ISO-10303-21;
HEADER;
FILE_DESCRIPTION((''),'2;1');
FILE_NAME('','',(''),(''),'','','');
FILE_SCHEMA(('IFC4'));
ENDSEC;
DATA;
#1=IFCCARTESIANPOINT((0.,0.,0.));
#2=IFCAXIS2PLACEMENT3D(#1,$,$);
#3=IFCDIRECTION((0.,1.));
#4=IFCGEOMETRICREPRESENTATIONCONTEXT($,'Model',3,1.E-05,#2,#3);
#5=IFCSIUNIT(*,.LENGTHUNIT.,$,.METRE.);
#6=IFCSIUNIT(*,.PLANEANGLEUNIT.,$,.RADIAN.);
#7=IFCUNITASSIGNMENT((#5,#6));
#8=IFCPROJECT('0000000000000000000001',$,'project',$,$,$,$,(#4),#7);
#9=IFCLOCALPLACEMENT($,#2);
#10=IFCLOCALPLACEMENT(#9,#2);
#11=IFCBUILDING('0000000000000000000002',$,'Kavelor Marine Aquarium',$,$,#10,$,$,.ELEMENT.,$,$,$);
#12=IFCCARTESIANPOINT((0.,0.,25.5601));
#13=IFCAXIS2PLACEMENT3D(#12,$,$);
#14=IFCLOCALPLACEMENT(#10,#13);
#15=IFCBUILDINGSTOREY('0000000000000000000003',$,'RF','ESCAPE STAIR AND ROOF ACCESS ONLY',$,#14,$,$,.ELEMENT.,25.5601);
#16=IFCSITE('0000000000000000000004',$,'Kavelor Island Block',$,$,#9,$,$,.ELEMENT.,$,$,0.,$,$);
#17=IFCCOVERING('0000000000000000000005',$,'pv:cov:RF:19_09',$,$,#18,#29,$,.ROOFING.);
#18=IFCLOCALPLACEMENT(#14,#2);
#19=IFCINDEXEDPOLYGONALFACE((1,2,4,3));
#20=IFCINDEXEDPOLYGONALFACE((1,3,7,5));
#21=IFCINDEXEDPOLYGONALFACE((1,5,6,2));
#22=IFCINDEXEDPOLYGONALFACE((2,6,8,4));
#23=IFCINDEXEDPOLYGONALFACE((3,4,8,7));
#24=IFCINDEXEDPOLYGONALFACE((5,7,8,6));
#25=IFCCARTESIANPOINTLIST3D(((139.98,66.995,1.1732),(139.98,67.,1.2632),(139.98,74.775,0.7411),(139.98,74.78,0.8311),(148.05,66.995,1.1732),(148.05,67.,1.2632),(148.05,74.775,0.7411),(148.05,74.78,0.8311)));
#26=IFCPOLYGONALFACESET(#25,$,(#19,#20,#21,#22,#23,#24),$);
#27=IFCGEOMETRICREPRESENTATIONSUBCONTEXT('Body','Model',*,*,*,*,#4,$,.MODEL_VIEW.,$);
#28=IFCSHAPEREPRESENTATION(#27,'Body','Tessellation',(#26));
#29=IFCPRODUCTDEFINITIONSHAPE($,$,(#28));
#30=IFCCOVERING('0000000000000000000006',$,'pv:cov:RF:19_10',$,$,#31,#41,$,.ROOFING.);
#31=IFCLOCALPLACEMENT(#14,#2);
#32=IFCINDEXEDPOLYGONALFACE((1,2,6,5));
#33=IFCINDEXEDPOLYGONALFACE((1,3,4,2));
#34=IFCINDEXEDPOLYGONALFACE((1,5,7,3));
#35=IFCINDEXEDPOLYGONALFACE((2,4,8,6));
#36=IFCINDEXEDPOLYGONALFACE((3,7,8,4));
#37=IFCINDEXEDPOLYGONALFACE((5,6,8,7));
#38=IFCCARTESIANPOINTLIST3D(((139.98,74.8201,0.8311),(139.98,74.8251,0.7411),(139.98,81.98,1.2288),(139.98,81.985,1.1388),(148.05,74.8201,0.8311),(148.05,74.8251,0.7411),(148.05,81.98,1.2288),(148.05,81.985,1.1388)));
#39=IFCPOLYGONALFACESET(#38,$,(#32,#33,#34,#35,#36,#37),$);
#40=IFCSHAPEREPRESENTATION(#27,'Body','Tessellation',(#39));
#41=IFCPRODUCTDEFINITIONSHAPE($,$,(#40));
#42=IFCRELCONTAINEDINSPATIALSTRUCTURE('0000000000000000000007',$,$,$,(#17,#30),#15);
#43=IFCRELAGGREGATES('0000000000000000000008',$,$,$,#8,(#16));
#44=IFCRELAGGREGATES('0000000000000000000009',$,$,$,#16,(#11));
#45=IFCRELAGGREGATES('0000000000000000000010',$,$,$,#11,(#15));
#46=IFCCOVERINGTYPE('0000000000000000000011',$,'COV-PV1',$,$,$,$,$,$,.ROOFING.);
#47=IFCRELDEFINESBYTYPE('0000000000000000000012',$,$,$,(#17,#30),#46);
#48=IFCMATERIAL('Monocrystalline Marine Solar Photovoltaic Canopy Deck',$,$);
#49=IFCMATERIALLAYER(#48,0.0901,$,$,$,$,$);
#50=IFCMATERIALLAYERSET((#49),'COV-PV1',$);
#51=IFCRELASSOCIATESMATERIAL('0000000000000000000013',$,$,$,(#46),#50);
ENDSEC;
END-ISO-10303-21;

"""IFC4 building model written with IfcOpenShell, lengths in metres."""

from ifc_helpers import new_model, si_unit, direction, frame, origin, place, context, subcontext, project, spatial, polyline, outline, extrude, material, layer, layer_set, type_object, element, save


model = new_model("IFC4")

# Units and contexts
model_context = context("Model", 3, precision=1e-05, world=origin(), true_north=direction((0.0, 1.0)))
body_context = subcontext(model_context, "Body", "Model", "MODEL_VIEW")
ifc_project = project(units=[si_unit("LENGTHUNIT", "METRE"), si_unit("PLANEANGLEUNIT", "RADIAN")], contexts=[model_context])

# Site, building, storey
site_placement = place(None, origin())
site = spatial("IfcSite", under=ifc_project, at=site_placement, Name="Kavelor Island Block", CompositionType="ELEMENT", RefElevation=0.0)
building_placement = place(site_placement, origin())
building = spatial("IfcBuilding", under=site, at=building_placement, Name="Kavelor Marine Aquarium", CompositionType="ELEMENT")
storey_placement = place(building_placement, frame((0.0, 0.0, 25.5601)))
storey = spatial("IfcBuildingStorey", under=building, at=storey_placement, Name="RF", Description="ESCAPE STAIR AND ROOF ACCESS ONLY", CompositionType="ELEMENT", Elevation=25.5601)

# Coverings
ifc_material_1 = material(Name="Monocrystalline Marine Solar Photovoltaic Canopy Deck")
ifc_layer_1 = layer(ifc_material_1, 0.0901)
ifc_layer_set_1 = layer_set([ifc_layer_1], Name="COV-PV1")
covering_type = type_object("IfcCoveringType", Name="COV-PV1", PredefinedType="ROOFING", material=ifc_layer_set_1)
covering_1_placement = place(storey_placement, frame((139.98, 67.0, 1.2632), z_axis=(0.0, 0.055458, 0.998461), x_axis=(1.0, 0.0, 0.0)))
element("IfcCovering", 1, at=covering_1_placement, inside=storey, type_object=covering_type, Name="pv:cov:RF:19_09", PredefinedType="ROOFING", context=body_context, shape_type="SweptSolid", body=[
    extrude(outline(polyline([(0.0, 0.0), (8.0701, 0.0), (8.0701, 7.792), (0.0, 7.792), (0.0, 0.0)])), origin(), (0.0, 0.0, -1.0), 0.0901),
])
covering_2_placement = place(storey_placement, frame((139.98, 74.8201, 0.8311), z_axis=(0.0, -0.055461, 0.998461), x_axis=(1.0, 0.0, 0.0)))
element("IfcCovering", 2, at=covering_2_placement, inside=storey, type_object=covering_type, Name="pv:cov:RF:19_10", PredefinedType="ROOFING", context=body_context, shape_type="SweptSolid", body=[
    extrude(outline(polyline([(0.0, 0.0), (8.0701, 0.0), (8.0701, 7.1709), (0.0, 7.1709), (0.0, 0.0)])), origin(), (0.0, 0.0, -1.0), 0.0901),
])

save(model, "model.ifc")
